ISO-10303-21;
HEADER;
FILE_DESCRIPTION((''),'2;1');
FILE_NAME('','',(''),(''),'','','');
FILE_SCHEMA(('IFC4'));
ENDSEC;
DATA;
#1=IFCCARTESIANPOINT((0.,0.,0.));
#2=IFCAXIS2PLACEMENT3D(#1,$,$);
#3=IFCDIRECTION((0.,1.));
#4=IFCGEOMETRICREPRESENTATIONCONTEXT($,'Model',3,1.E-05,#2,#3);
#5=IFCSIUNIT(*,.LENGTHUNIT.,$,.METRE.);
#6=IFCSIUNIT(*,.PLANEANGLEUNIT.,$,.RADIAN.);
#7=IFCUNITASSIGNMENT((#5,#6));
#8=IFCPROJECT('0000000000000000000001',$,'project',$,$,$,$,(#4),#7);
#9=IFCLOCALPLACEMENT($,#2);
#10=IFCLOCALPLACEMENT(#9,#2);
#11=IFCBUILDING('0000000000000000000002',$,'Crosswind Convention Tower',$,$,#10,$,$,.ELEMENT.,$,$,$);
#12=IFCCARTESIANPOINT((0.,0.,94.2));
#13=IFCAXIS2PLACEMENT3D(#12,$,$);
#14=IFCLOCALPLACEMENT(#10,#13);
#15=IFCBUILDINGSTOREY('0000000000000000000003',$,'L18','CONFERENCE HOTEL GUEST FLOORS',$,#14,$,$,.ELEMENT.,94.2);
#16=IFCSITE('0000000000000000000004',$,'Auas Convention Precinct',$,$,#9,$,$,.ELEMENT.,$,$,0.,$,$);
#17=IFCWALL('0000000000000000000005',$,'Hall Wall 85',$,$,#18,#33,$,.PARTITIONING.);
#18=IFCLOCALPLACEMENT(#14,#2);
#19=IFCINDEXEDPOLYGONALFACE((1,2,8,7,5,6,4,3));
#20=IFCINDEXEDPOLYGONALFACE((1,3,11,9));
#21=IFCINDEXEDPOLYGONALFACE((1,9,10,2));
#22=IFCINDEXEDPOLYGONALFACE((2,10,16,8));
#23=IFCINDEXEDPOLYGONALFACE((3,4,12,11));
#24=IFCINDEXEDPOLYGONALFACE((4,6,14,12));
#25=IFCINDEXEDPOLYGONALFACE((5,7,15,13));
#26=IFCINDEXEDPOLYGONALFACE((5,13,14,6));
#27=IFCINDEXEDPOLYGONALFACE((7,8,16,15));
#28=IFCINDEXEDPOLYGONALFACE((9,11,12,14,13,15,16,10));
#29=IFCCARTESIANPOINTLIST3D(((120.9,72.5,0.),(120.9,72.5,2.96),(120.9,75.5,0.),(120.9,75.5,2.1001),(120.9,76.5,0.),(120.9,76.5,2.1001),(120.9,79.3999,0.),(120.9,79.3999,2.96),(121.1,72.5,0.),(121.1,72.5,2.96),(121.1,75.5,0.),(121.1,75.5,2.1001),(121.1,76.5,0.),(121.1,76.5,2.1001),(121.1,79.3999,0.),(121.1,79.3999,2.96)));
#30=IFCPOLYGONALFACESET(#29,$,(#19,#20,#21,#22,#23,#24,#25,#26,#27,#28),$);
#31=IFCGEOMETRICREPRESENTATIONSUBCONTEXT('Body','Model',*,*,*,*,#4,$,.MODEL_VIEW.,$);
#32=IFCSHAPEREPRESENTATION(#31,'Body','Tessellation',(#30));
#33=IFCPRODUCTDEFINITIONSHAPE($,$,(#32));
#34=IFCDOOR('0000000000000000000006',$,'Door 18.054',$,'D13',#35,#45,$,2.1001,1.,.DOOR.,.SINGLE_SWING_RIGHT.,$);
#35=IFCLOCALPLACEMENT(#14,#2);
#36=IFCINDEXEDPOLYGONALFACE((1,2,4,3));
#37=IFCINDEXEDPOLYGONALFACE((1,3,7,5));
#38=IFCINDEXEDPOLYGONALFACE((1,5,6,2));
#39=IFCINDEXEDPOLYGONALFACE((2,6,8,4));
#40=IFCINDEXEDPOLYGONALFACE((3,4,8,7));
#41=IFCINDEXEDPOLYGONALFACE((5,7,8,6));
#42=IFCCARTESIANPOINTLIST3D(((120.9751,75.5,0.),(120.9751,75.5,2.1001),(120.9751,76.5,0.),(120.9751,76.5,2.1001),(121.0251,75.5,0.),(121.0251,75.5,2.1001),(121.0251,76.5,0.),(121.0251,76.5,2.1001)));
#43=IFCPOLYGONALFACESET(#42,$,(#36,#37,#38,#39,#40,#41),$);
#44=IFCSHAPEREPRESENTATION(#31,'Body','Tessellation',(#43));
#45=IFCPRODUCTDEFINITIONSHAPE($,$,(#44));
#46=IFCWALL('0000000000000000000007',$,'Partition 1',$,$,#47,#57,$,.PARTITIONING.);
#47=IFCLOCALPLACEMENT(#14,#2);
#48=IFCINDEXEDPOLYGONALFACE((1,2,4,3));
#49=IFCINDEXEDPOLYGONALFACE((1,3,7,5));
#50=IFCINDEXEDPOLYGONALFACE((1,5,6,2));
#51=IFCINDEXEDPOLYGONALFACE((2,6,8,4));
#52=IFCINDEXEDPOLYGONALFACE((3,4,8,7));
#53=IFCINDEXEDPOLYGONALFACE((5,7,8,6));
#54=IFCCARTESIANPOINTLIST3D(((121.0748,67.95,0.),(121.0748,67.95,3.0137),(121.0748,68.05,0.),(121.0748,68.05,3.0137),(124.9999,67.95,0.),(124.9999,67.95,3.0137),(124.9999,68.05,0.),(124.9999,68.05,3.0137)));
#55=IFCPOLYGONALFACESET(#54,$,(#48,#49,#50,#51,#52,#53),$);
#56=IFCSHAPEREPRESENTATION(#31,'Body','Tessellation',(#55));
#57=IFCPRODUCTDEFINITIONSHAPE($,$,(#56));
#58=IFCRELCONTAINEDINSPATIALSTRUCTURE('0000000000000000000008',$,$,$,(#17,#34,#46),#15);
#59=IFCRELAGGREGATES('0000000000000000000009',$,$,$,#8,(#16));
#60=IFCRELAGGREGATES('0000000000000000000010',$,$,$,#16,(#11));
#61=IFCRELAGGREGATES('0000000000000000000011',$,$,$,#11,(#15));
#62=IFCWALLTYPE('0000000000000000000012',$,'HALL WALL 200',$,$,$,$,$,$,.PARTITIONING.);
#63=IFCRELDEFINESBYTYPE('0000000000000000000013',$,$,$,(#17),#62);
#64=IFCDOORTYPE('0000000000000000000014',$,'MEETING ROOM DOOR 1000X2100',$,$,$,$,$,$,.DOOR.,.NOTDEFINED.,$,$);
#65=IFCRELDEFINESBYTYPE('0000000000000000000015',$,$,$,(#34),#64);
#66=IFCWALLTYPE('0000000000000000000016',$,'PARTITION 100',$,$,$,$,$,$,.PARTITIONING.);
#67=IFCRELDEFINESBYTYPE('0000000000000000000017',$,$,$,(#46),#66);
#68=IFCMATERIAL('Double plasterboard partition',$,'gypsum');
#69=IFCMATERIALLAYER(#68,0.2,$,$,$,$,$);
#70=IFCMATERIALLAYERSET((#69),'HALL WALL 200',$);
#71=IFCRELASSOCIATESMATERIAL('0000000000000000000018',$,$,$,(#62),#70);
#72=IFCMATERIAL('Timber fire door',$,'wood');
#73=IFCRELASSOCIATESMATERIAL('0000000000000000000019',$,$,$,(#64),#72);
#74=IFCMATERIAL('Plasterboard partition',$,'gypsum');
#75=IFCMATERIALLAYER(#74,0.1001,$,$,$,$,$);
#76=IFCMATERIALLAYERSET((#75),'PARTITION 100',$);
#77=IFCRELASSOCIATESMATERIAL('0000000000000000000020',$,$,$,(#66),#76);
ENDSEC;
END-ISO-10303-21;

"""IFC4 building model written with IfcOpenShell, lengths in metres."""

from ifc_helpers import new_model, si_unit, direction, frame, frame_2d, origin, place, context, subcontext, project, spatial, rectangle, extrude, material, layer, layer_set, type_object, element, fill, save


model = new_model("IFC4")

# Units and contexts
model_context = context("Model", 3, precision=1e-05, world=origin(), true_north=direction((0.0, 1.0)))
body_context = subcontext(model_context, "Body", "Model", "MODEL_VIEW")
ifc_project = project(units=[si_unit("LENGTHUNIT", "METRE"), si_unit("PLANEANGLEUNIT", "RADIAN")], contexts=[model_context])

# Site, building, storey
site_placement = place(None, origin())
site = spatial("IfcSite", under=ifc_project, at=site_placement, Name="Auas Convention Precinct", CompositionType="ELEMENT", RefElevation=0.0)
building_placement = place(site_placement, origin())
building = spatial("IfcBuilding", under=site, at=building_placement, Name="Crosswind Convention Tower", CompositionType="ELEMENT")
storey_placement = place(building_placement, frame((0.0, 0.0, 94.2)))
storey = spatial("IfcBuildingStorey", under=building, at=storey_placement, Name="L18", Description="CONFERENCE HOTEL GUEST FLOORS", CompositionType="ELEMENT", Elevation=94.2)

# Shared definitions
ifc_material_1 = material(Name="Plasterboard partition", Category="gypsum")
ifc_material_2 = material(Name="Timber fire door", Category="wood")

# Shared definitions
ifc_material_3 = material(Name="Double plasterboard partition", Category="gypsum")
ifc_layer_1 = layer(ifc_material_3, 0.2)
ifc_layer_set_1 = layer_set([ifc_layer_1], Name="HALL WALL 200")
wall_type_1 = type_object("IfcWallType", Name="HALL WALL 200", PredefinedType="PARTITIONING", material=ifc_layer_set_1)

# Wall, opening, door
wall_1_placement = place(storey_placement, frame((121.0, 72.5, 0.0), z_axis=(0.0, 0.0, 1.0), x_axis=(0.0, 1.0, 0.0)))
wall_1 = element("IfcWall", 1, at=wall_1_placement, inside=storey, type_object=wall_type_1, Name="Hall Wall 85", PredefinedType="PARTITIONING", context=body_context, shape_type="SweptSolid", body=[
    extrude(rectangle(XDim=6.8999, YDim=0.2, at=frame_2d((3.45, 0.0))), origin(), (0.0, 0.0, 1.0), 2.96),
])
opening_1_placement = place(wall_1_placement, frame((3.0, 0.0, 0.0)))
opening_1 = element("IfcOpeningElement", 2, at=opening_1_placement, cuts=wall_1, PredefinedType="OPENING", context=body_context, shape_type="SweptSolid", body=[
    extrude(rectangle(XDim=1.0, YDim=2.1001, at=frame_2d((0.5, 1.05))), frame((0.0, 0.1099, 0.0), z_axis=(0.0, -1.0, 0.0), x_axis=(1.0, 0.0, 0.0)), (0.0, 0.0, 1.0), 0.22),
])
door_type_1 = type_object("IfcDoorType", Name="MEETING ROOM DOOR 1000X2100", OperationType="NOTDEFINED", PredefinedType="DOOR", material=ifc_material_2)
door_1_placement = place(opening_1_placement, origin())
door_1 = element("IfcDoor", 3, at=door_1_placement, inside=storey, type_object=door_type_1, Name="Door 18.054", ObjectType="D13", OperationType="SINGLE_SWING_RIGHT", OverallHeight=2.1001, OverallWidth=1.0, PredefinedType="DOOR", context=body_context, shape_type="SweptSolid", body=[
    extrude(rectangle(XDim=1.0, YDim=2.1001, at=frame_2d((0.5, 1.05))), frame((0.0, 0.0249, 0.0), z_axis=(0.0, -1.0, 0.0), x_axis=(1.0, 0.0, 0.0)), (0.0, 0.0, 1.0), 0.05),
])
fill(opening_1, door_1)

# Wall
ifc_layer_2 = layer(ifc_material_1, 0.1001)
ifc_layer_set_2 = layer_set([ifc_layer_2], Name="PARTITION 100")
wall_type_2 = type_object("IfcWallType", Name="PARTITION 100", PredefinedType="PARTITIONING", material=ifc_layer_set_2)
wall_2_placement = place(storey_placement, frame((121.075, 68.0, 0.0), z_axis=(0.0, 0.0, 1.0), x_axis=(1.0, 0.0, 0.0)))
element("IfcWall", 4, at=wall_2_placement, inside=storey, type_object=wall_type_2, Name="Partition 1", PredefinedType="PARTITIONING", context=body_context, shape_type="SweptSolid", body=[
    extrude(rectangle(XDim=3.925, YDim=0.1001, at=frame_2d((1.9624, 0.0))), origin(), (0.0, 0.0, 1.0), 3.0137),
])

save(model, "model.ifc")
